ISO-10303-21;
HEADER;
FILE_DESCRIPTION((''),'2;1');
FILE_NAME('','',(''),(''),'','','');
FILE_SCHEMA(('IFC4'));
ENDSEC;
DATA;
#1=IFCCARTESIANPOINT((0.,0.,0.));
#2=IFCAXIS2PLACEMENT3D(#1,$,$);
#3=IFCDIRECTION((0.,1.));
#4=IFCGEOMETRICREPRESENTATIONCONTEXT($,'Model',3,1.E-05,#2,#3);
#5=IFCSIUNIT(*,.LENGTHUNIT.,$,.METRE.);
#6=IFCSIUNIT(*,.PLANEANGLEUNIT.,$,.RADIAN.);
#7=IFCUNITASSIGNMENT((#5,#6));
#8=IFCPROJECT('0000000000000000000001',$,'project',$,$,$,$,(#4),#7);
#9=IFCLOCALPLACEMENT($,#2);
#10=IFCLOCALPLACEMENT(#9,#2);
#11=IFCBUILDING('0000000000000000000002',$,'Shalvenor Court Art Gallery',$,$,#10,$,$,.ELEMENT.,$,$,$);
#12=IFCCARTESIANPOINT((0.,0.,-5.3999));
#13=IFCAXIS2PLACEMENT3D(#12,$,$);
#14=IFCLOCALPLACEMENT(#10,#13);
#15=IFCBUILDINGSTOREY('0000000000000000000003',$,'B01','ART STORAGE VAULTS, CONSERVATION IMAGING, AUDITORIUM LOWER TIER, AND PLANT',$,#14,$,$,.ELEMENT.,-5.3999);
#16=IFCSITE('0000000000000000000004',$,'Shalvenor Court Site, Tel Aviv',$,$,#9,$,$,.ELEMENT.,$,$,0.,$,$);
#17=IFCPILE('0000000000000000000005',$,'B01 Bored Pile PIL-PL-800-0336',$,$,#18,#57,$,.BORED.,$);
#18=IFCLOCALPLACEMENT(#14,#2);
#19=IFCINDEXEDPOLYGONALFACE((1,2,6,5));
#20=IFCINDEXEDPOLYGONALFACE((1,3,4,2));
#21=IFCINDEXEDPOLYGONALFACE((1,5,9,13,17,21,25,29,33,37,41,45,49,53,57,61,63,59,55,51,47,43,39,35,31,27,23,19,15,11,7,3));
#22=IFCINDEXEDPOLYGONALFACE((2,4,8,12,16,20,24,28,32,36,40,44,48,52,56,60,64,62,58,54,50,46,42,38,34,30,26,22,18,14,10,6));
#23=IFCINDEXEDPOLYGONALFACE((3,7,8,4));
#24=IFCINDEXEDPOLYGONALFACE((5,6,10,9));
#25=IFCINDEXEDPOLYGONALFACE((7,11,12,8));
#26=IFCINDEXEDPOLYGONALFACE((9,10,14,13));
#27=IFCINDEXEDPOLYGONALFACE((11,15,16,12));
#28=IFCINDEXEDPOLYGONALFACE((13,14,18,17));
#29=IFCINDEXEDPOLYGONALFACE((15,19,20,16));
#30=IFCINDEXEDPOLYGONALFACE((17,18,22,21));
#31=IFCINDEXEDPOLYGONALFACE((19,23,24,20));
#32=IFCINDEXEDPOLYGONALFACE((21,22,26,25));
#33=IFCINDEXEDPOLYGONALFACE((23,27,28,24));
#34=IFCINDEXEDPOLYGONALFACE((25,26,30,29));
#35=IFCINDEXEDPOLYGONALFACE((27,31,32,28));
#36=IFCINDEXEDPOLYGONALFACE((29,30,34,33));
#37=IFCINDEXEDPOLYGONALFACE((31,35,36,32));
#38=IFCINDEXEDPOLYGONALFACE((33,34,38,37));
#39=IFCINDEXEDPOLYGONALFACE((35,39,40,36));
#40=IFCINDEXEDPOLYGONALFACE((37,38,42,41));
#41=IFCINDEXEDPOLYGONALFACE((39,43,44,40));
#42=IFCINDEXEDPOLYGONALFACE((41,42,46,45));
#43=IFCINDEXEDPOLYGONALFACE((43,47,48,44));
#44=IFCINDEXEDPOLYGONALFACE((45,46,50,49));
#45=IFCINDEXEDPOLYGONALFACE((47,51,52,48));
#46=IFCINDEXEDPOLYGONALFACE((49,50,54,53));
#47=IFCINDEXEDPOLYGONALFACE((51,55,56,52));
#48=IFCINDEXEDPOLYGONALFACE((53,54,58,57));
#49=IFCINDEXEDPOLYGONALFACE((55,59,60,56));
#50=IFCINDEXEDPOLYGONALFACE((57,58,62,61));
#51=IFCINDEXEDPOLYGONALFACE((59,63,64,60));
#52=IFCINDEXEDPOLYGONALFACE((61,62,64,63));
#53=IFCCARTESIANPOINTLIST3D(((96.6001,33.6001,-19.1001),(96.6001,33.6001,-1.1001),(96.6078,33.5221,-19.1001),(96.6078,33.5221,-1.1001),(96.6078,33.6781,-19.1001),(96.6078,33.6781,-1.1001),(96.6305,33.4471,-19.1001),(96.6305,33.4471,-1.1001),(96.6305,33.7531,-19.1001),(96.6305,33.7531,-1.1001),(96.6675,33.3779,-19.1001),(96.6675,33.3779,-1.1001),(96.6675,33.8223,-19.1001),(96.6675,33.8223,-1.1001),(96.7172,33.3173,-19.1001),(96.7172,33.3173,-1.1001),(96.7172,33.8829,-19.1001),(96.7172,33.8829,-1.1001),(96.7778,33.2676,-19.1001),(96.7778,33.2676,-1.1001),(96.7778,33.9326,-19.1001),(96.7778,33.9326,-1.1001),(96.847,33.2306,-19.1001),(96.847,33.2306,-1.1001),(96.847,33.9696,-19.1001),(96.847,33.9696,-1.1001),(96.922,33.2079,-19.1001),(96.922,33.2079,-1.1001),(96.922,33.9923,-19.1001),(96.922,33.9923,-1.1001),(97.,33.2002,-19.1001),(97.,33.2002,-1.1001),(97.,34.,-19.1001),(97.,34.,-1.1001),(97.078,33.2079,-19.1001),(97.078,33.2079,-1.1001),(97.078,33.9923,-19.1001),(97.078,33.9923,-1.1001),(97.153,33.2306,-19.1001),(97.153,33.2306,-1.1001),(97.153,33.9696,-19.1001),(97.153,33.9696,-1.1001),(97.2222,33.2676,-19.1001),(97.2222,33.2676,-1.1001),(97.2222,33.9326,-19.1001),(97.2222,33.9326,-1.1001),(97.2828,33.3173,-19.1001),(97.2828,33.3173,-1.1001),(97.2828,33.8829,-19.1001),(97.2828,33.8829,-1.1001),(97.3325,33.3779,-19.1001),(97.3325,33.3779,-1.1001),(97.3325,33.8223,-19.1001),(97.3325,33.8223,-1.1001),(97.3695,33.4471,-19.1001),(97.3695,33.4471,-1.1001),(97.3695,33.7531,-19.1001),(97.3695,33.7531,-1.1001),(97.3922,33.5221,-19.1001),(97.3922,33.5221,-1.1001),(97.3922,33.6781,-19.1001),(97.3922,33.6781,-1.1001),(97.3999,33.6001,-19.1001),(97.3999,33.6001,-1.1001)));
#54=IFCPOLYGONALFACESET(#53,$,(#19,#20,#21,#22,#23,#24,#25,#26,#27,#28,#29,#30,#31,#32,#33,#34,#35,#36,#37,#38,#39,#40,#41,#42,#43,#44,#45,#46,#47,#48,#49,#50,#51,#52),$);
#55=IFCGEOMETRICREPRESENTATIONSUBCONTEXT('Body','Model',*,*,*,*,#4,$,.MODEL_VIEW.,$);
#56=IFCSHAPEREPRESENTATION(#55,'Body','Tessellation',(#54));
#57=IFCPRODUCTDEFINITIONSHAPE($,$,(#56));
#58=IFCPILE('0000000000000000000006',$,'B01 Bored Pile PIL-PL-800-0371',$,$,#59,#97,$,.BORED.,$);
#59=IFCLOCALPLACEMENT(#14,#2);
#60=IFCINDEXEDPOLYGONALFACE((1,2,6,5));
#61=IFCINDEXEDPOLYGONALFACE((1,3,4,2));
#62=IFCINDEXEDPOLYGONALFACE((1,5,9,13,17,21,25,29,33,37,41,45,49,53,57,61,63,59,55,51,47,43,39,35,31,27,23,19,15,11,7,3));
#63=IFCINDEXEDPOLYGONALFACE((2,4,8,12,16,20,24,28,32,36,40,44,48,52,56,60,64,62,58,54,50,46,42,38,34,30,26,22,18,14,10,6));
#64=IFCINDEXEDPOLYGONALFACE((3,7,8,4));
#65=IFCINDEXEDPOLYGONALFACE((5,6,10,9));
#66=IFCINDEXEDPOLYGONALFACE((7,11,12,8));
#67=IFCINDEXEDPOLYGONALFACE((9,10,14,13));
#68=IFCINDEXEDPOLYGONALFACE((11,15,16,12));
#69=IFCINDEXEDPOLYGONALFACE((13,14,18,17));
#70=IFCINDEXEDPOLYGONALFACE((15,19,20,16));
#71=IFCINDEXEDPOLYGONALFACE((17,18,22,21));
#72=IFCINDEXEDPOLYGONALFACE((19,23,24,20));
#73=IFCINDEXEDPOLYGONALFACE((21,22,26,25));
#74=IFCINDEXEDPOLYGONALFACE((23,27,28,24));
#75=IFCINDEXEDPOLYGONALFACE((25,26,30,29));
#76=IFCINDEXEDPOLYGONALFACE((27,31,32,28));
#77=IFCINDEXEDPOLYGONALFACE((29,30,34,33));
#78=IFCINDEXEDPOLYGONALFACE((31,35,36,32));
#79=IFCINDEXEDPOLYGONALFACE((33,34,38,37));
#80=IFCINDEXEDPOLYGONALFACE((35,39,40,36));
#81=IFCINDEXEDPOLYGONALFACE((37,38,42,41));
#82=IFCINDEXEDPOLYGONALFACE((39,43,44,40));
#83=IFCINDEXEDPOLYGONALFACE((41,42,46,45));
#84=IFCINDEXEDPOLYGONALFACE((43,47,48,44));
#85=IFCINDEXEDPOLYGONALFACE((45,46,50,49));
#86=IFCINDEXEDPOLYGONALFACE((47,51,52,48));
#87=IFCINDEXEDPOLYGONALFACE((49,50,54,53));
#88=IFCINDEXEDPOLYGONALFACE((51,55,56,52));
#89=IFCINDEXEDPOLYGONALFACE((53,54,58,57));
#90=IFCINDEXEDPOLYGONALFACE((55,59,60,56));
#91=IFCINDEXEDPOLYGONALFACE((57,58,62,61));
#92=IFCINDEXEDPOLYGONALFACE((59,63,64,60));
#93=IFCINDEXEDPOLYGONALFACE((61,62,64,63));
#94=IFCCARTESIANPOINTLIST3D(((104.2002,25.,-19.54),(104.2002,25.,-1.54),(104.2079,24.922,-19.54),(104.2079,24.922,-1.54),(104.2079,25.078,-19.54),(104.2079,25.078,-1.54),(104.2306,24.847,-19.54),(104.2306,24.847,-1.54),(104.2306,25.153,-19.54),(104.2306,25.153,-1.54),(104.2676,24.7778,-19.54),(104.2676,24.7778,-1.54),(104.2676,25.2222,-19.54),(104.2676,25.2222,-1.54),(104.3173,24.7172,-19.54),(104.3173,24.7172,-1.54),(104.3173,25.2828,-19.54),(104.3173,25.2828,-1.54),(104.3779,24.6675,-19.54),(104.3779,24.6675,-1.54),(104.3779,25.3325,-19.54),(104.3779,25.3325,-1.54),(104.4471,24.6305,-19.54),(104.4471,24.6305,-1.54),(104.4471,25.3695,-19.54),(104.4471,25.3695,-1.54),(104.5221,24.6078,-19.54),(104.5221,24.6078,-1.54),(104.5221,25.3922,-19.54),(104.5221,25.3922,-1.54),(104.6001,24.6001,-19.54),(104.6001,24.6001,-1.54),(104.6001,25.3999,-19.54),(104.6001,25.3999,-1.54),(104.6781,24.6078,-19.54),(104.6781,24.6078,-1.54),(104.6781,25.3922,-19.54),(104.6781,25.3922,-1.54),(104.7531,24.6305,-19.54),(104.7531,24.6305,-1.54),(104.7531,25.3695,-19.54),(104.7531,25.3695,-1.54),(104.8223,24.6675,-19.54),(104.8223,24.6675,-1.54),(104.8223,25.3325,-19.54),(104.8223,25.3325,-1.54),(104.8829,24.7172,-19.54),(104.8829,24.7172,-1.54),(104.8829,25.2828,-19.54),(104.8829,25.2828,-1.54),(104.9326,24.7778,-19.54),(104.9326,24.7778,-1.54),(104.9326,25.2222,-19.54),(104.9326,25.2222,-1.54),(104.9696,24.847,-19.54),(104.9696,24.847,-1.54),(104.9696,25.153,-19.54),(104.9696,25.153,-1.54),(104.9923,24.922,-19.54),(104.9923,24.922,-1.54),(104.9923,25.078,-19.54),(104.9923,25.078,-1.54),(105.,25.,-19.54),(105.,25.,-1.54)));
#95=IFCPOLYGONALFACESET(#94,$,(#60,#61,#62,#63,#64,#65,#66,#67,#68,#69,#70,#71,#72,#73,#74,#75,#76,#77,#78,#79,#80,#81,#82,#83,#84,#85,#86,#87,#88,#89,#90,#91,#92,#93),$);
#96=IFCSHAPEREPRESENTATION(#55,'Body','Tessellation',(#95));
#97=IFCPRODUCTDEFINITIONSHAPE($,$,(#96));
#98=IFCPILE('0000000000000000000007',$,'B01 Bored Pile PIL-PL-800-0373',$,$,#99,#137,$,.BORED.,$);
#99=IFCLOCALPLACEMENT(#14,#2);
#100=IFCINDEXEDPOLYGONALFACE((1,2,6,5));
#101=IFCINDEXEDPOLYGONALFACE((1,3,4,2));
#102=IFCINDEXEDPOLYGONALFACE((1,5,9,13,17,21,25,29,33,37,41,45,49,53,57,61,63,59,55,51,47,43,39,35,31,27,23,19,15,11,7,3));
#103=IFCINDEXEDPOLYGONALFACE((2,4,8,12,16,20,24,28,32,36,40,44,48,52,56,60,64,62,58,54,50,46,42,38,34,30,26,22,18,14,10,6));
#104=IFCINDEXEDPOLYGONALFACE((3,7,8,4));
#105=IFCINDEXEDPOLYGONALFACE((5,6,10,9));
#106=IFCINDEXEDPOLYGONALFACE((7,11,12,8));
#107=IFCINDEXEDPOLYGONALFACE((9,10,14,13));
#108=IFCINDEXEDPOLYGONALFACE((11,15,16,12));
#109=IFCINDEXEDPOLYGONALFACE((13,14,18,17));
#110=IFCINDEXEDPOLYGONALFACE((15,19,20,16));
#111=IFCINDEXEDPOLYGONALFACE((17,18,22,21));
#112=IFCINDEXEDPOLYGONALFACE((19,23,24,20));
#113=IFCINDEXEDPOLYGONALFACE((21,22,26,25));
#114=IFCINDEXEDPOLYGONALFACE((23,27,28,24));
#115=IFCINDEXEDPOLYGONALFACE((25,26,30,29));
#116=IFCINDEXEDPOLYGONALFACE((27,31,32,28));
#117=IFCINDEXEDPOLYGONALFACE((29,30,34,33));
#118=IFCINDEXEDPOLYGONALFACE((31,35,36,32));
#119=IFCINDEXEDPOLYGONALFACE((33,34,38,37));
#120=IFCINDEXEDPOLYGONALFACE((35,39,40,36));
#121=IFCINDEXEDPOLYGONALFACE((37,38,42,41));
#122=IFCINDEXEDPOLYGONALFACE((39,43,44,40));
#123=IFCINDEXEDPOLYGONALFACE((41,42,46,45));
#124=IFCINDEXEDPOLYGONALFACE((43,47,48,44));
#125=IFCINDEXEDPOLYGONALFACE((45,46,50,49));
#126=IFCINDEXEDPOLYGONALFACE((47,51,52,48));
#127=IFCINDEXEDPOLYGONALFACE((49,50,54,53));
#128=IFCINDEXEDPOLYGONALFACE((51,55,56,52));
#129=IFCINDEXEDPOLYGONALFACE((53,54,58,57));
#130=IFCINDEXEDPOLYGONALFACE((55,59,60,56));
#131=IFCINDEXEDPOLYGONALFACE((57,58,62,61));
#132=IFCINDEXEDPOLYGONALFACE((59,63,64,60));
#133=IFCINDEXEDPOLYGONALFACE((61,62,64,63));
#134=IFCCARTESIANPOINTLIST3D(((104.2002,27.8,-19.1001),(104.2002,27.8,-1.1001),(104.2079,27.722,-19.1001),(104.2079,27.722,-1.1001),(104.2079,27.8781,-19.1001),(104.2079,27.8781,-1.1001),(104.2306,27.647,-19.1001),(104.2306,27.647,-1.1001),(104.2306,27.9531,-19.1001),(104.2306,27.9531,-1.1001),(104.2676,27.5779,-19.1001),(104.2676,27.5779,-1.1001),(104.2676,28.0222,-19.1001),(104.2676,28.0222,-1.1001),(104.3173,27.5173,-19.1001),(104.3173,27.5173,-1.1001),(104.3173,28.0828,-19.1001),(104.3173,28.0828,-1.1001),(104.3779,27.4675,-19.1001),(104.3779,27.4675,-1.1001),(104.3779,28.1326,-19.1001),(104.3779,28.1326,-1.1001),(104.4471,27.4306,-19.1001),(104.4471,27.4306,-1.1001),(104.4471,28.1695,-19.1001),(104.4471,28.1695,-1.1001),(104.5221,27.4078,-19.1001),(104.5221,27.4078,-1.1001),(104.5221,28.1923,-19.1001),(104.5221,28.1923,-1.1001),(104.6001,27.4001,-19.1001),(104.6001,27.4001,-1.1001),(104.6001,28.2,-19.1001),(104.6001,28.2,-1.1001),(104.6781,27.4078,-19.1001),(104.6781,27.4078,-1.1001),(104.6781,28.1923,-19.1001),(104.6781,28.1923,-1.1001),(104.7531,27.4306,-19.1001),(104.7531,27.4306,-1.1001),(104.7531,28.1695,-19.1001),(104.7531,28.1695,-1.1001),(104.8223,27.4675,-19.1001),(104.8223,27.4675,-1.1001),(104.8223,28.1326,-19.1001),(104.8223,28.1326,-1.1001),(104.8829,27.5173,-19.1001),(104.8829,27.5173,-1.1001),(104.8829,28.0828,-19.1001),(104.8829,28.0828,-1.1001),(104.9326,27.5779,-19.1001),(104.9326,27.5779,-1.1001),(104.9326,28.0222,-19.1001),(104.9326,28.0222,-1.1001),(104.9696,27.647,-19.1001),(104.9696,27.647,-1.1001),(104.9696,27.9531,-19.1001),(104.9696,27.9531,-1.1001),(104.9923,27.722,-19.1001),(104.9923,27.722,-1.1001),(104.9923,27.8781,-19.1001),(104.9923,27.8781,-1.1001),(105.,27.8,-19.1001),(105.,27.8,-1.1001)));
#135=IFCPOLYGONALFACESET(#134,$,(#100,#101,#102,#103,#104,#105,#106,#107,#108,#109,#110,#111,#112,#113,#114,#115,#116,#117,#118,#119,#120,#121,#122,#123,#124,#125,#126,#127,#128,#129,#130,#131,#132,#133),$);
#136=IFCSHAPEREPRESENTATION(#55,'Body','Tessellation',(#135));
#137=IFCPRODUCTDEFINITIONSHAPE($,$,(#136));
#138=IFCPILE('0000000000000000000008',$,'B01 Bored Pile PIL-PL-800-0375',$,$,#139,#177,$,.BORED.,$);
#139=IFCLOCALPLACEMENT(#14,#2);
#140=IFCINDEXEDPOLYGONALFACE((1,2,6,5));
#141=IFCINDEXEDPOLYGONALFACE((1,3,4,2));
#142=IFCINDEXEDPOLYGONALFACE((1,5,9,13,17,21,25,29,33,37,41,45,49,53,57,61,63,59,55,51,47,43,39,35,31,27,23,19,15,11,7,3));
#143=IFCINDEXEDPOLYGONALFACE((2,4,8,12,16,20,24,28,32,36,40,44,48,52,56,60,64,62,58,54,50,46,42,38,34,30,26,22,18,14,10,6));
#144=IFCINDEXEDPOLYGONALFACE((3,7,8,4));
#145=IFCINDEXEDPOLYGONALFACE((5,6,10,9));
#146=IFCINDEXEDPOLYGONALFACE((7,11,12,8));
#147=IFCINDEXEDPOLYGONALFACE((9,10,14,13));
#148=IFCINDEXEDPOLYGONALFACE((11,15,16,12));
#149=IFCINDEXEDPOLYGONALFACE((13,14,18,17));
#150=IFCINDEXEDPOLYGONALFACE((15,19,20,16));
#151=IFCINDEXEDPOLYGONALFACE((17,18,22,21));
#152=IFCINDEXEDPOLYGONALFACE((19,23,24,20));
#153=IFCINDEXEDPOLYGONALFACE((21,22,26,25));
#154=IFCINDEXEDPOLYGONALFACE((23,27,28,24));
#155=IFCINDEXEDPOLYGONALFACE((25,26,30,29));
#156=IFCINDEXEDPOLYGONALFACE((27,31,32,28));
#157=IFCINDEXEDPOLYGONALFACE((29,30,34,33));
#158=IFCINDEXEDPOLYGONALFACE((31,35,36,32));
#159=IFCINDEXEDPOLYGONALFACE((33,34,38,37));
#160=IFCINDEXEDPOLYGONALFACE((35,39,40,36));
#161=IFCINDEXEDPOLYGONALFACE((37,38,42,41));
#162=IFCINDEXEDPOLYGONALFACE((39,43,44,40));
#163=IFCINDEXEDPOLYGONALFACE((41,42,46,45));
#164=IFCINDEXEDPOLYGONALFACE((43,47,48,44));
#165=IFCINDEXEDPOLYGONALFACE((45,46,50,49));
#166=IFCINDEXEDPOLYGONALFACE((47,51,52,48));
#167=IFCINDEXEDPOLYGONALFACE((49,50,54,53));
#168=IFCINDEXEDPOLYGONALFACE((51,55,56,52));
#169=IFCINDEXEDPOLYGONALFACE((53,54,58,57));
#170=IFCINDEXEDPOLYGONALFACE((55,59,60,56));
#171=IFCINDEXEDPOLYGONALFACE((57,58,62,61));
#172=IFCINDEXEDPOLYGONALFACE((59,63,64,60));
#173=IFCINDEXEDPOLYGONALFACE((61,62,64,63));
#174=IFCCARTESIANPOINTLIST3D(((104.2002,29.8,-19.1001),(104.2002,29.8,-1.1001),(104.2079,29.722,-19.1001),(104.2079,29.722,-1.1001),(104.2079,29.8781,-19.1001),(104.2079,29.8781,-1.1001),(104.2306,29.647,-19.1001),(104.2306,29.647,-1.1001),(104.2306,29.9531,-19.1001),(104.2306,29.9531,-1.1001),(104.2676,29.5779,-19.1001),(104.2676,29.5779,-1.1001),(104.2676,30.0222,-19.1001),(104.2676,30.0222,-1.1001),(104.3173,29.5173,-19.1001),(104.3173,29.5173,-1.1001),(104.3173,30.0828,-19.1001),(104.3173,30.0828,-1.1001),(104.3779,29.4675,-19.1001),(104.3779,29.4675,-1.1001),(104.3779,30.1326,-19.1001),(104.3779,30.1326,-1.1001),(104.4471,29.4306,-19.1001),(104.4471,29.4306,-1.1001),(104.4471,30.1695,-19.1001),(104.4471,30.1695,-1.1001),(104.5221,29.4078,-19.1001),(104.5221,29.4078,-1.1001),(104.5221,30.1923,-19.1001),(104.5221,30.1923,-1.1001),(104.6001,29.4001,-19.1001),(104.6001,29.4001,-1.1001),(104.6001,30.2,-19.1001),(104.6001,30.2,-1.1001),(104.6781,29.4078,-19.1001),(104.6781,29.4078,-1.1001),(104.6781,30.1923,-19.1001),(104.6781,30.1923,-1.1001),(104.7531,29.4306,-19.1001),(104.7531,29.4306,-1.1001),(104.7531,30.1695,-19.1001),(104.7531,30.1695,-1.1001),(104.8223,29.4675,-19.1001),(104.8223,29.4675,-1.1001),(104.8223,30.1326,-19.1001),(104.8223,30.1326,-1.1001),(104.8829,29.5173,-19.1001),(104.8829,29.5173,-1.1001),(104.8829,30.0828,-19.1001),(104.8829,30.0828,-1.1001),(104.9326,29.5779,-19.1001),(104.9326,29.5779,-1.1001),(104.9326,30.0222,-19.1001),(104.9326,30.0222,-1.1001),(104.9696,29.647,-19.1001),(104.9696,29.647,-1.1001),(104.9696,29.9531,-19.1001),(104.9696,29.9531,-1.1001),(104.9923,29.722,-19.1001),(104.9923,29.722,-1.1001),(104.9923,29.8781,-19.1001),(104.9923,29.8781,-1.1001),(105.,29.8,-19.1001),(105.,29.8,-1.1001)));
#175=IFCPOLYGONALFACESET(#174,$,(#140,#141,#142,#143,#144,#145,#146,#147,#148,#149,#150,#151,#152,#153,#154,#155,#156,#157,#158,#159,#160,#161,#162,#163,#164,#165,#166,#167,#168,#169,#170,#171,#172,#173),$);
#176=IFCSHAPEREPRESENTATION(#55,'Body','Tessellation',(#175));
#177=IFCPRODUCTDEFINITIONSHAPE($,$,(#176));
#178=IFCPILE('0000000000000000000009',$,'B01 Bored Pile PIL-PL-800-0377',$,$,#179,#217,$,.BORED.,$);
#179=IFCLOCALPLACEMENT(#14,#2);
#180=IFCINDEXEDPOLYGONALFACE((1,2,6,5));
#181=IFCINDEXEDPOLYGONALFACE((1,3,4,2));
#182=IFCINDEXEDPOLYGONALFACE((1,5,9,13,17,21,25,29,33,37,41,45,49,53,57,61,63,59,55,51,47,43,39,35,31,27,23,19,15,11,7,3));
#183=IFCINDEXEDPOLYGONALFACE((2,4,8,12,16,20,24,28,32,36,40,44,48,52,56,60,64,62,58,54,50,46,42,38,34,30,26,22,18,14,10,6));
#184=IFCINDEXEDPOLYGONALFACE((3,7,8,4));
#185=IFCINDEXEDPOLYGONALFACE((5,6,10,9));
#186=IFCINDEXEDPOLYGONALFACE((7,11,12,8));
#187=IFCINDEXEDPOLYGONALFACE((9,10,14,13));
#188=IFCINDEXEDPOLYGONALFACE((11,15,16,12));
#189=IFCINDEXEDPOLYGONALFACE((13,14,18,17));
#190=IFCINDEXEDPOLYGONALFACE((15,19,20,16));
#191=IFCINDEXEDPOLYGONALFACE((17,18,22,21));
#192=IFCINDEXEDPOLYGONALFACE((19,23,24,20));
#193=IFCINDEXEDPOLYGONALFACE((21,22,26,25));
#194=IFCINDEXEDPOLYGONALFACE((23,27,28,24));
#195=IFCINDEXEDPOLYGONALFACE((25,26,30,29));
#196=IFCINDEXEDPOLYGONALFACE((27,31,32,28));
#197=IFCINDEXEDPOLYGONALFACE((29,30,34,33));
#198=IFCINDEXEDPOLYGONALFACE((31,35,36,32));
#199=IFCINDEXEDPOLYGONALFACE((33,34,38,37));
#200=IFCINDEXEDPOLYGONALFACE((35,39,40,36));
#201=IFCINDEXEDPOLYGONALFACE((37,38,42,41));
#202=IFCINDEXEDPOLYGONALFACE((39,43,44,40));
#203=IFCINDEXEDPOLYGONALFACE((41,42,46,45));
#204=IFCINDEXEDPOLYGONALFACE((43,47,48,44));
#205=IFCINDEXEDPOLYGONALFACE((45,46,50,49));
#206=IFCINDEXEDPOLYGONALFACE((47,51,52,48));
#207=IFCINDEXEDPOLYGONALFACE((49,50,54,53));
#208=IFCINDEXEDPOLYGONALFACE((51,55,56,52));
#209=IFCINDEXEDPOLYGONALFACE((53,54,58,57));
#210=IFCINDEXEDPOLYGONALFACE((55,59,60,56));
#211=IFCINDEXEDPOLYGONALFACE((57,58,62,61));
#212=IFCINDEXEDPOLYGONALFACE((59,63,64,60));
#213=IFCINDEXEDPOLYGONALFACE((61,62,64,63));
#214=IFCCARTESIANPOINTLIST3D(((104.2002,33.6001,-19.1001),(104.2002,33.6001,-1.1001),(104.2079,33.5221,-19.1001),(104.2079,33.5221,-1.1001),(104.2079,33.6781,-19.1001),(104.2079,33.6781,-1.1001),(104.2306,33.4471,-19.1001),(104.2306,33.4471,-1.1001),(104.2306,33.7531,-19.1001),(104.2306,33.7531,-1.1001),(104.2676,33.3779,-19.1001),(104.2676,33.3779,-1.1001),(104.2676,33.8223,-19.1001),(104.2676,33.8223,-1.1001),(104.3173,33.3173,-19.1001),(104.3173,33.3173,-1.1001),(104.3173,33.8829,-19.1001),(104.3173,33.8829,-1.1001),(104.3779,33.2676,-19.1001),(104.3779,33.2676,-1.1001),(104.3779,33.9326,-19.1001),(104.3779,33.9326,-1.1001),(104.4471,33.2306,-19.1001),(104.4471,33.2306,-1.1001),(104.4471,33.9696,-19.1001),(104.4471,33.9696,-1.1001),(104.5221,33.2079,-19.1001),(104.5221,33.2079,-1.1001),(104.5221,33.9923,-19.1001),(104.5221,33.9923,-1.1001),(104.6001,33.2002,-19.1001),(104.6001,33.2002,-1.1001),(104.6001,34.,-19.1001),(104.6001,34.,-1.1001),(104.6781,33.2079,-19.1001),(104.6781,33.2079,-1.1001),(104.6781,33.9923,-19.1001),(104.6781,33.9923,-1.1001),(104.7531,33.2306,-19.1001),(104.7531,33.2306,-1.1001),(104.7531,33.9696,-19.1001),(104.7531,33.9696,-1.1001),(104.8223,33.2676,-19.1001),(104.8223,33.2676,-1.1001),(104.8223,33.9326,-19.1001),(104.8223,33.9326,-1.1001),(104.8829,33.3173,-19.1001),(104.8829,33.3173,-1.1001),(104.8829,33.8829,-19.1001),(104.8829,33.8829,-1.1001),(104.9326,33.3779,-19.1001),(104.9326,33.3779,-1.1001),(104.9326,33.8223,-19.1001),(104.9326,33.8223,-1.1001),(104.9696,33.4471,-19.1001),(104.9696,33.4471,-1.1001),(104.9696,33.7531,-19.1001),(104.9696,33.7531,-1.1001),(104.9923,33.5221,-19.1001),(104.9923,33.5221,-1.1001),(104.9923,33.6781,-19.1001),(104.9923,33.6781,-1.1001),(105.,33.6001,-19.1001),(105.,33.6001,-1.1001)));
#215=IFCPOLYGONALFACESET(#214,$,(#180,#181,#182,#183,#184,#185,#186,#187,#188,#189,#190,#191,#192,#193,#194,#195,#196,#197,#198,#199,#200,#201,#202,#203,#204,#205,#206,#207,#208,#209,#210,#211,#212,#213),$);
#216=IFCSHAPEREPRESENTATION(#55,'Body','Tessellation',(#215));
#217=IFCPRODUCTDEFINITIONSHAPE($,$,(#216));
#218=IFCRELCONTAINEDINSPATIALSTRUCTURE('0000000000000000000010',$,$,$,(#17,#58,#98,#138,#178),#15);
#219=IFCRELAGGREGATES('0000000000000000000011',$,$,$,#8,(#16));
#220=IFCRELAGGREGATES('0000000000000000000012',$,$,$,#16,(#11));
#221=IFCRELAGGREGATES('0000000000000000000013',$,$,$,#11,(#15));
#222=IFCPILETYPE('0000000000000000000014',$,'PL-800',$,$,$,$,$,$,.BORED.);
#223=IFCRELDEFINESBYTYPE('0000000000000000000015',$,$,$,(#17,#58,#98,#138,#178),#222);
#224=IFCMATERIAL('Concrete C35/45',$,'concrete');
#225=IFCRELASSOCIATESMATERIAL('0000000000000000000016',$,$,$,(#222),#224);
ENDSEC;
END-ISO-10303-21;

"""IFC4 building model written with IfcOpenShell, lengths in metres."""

from ifc_helpers import new_model, si_unit, direction, frame, origin, origin_2d, place, context, subcontext, project, spatial, circle, extrude, material, material_profile, profile_set, type_object, element, save


model = new_model("IFC4")

# Units and contexts
model_context = context("Model", 3, precision=1e-05, world=origin(), true_north=direction((0.0, 1.0)))
body_context = subcontext(model_context, "Body", "Model", "MODEL_VIEW")
ifc_project = project(units=[si_unit("LENGTHUNIT", "METRE"), si_unit("PLANEANGLEUNIT", "RADIAN")], contexts=[model_context])

# Site, building, storey
site_placement = place(None, origin())
site = spatial("IfcSite", under=ifc_project, at=site_placement, Name="Shalvenor Court Site, Tel Aviv", CompositionType="ELEMENT", RefElevation=0.0)
building_placement = place(site_placement, origin())
building = spatial("IfcBuilding", under=site, at=building_placement, Name="Shalvenor Court Art Gallery", CompositionType="ELEMENT")
storey_placement = place(building_placement, frame((0.0, 0.0, -5.3999)))
storey = spatial("IfcBuildingStorey", under=building, at=storey_placement, Name="B01", Description="ART STORAGE VAULTS, CONSERVATION IMAGING, AUDITORIUM LOWER TIER, AND PLANT", CompositionType="ELEMENT", Elevation=-5.3999)

# Piles
ifc_material_1 = material(Name="Concrete C35/45", Category="concrete")
ifc_material_profile_1 = material_profile(ifc_material_1, circle(Radius=0.3999, at=origin_2d()), Name="PILE 800")
ifc_profile_set_1 = profile_set([ifc_material_profile_1], Name="Concrete C35/45")
pile_type = type_object("IfcPileType", Name="PL-800", PredefinedType="BORED", material=ifc_profile_set_1)
for number, where, z_axis, x_axis, name in (
    (1, (97.0, 33.6001, -1.1001), (0.0, 0.0, -1.0), (1.0, 0.0, 0.0), "B01 Bored Pile PIL-PL-800-0336"),
    (2, (104.6001, 25.0, -1.54), (0.0, 0.0, -1.0), (1.0, 0.0, 0.0), "B01 Bored Pile PIL-PL-800-0371"),
    (3, (104.6001, 27.8, -1.1001), (0.0, 0.0, -1.0), (1.0, 0.0, 0.0), "B01 Bored Pile PIL-PL-800-0373"),
    (4, (104.6001, 29.8, -1.1001), (0.0, 0.0, -1.0), (1.0, 0.0, 0.0), "B01 Bored Pile PIL-PL-800-0375"),
    (5, (104.6001, 33.6001, -1.1001), (0.0, 0.0, -1.0), (1.0, 0.0, 0.0), "B01 Bored Pile PIL-PL-800-0377"),
):
    element("IfcPile", number, at=place(storey_placement, frame(where, z_axis=z_axis, x_axis=x_axis)), inside=storey, type_object=pile_type, Name=name, PredefinedType="BORED", context=body_context, shape_type="SweptSolid", body=[
        extrude(circle(Radius=0.3999, at=origin_2d()), origin(), (0.0, 0.0, 1.0), 18.0),
    ])

save(model, "model.ifc")
